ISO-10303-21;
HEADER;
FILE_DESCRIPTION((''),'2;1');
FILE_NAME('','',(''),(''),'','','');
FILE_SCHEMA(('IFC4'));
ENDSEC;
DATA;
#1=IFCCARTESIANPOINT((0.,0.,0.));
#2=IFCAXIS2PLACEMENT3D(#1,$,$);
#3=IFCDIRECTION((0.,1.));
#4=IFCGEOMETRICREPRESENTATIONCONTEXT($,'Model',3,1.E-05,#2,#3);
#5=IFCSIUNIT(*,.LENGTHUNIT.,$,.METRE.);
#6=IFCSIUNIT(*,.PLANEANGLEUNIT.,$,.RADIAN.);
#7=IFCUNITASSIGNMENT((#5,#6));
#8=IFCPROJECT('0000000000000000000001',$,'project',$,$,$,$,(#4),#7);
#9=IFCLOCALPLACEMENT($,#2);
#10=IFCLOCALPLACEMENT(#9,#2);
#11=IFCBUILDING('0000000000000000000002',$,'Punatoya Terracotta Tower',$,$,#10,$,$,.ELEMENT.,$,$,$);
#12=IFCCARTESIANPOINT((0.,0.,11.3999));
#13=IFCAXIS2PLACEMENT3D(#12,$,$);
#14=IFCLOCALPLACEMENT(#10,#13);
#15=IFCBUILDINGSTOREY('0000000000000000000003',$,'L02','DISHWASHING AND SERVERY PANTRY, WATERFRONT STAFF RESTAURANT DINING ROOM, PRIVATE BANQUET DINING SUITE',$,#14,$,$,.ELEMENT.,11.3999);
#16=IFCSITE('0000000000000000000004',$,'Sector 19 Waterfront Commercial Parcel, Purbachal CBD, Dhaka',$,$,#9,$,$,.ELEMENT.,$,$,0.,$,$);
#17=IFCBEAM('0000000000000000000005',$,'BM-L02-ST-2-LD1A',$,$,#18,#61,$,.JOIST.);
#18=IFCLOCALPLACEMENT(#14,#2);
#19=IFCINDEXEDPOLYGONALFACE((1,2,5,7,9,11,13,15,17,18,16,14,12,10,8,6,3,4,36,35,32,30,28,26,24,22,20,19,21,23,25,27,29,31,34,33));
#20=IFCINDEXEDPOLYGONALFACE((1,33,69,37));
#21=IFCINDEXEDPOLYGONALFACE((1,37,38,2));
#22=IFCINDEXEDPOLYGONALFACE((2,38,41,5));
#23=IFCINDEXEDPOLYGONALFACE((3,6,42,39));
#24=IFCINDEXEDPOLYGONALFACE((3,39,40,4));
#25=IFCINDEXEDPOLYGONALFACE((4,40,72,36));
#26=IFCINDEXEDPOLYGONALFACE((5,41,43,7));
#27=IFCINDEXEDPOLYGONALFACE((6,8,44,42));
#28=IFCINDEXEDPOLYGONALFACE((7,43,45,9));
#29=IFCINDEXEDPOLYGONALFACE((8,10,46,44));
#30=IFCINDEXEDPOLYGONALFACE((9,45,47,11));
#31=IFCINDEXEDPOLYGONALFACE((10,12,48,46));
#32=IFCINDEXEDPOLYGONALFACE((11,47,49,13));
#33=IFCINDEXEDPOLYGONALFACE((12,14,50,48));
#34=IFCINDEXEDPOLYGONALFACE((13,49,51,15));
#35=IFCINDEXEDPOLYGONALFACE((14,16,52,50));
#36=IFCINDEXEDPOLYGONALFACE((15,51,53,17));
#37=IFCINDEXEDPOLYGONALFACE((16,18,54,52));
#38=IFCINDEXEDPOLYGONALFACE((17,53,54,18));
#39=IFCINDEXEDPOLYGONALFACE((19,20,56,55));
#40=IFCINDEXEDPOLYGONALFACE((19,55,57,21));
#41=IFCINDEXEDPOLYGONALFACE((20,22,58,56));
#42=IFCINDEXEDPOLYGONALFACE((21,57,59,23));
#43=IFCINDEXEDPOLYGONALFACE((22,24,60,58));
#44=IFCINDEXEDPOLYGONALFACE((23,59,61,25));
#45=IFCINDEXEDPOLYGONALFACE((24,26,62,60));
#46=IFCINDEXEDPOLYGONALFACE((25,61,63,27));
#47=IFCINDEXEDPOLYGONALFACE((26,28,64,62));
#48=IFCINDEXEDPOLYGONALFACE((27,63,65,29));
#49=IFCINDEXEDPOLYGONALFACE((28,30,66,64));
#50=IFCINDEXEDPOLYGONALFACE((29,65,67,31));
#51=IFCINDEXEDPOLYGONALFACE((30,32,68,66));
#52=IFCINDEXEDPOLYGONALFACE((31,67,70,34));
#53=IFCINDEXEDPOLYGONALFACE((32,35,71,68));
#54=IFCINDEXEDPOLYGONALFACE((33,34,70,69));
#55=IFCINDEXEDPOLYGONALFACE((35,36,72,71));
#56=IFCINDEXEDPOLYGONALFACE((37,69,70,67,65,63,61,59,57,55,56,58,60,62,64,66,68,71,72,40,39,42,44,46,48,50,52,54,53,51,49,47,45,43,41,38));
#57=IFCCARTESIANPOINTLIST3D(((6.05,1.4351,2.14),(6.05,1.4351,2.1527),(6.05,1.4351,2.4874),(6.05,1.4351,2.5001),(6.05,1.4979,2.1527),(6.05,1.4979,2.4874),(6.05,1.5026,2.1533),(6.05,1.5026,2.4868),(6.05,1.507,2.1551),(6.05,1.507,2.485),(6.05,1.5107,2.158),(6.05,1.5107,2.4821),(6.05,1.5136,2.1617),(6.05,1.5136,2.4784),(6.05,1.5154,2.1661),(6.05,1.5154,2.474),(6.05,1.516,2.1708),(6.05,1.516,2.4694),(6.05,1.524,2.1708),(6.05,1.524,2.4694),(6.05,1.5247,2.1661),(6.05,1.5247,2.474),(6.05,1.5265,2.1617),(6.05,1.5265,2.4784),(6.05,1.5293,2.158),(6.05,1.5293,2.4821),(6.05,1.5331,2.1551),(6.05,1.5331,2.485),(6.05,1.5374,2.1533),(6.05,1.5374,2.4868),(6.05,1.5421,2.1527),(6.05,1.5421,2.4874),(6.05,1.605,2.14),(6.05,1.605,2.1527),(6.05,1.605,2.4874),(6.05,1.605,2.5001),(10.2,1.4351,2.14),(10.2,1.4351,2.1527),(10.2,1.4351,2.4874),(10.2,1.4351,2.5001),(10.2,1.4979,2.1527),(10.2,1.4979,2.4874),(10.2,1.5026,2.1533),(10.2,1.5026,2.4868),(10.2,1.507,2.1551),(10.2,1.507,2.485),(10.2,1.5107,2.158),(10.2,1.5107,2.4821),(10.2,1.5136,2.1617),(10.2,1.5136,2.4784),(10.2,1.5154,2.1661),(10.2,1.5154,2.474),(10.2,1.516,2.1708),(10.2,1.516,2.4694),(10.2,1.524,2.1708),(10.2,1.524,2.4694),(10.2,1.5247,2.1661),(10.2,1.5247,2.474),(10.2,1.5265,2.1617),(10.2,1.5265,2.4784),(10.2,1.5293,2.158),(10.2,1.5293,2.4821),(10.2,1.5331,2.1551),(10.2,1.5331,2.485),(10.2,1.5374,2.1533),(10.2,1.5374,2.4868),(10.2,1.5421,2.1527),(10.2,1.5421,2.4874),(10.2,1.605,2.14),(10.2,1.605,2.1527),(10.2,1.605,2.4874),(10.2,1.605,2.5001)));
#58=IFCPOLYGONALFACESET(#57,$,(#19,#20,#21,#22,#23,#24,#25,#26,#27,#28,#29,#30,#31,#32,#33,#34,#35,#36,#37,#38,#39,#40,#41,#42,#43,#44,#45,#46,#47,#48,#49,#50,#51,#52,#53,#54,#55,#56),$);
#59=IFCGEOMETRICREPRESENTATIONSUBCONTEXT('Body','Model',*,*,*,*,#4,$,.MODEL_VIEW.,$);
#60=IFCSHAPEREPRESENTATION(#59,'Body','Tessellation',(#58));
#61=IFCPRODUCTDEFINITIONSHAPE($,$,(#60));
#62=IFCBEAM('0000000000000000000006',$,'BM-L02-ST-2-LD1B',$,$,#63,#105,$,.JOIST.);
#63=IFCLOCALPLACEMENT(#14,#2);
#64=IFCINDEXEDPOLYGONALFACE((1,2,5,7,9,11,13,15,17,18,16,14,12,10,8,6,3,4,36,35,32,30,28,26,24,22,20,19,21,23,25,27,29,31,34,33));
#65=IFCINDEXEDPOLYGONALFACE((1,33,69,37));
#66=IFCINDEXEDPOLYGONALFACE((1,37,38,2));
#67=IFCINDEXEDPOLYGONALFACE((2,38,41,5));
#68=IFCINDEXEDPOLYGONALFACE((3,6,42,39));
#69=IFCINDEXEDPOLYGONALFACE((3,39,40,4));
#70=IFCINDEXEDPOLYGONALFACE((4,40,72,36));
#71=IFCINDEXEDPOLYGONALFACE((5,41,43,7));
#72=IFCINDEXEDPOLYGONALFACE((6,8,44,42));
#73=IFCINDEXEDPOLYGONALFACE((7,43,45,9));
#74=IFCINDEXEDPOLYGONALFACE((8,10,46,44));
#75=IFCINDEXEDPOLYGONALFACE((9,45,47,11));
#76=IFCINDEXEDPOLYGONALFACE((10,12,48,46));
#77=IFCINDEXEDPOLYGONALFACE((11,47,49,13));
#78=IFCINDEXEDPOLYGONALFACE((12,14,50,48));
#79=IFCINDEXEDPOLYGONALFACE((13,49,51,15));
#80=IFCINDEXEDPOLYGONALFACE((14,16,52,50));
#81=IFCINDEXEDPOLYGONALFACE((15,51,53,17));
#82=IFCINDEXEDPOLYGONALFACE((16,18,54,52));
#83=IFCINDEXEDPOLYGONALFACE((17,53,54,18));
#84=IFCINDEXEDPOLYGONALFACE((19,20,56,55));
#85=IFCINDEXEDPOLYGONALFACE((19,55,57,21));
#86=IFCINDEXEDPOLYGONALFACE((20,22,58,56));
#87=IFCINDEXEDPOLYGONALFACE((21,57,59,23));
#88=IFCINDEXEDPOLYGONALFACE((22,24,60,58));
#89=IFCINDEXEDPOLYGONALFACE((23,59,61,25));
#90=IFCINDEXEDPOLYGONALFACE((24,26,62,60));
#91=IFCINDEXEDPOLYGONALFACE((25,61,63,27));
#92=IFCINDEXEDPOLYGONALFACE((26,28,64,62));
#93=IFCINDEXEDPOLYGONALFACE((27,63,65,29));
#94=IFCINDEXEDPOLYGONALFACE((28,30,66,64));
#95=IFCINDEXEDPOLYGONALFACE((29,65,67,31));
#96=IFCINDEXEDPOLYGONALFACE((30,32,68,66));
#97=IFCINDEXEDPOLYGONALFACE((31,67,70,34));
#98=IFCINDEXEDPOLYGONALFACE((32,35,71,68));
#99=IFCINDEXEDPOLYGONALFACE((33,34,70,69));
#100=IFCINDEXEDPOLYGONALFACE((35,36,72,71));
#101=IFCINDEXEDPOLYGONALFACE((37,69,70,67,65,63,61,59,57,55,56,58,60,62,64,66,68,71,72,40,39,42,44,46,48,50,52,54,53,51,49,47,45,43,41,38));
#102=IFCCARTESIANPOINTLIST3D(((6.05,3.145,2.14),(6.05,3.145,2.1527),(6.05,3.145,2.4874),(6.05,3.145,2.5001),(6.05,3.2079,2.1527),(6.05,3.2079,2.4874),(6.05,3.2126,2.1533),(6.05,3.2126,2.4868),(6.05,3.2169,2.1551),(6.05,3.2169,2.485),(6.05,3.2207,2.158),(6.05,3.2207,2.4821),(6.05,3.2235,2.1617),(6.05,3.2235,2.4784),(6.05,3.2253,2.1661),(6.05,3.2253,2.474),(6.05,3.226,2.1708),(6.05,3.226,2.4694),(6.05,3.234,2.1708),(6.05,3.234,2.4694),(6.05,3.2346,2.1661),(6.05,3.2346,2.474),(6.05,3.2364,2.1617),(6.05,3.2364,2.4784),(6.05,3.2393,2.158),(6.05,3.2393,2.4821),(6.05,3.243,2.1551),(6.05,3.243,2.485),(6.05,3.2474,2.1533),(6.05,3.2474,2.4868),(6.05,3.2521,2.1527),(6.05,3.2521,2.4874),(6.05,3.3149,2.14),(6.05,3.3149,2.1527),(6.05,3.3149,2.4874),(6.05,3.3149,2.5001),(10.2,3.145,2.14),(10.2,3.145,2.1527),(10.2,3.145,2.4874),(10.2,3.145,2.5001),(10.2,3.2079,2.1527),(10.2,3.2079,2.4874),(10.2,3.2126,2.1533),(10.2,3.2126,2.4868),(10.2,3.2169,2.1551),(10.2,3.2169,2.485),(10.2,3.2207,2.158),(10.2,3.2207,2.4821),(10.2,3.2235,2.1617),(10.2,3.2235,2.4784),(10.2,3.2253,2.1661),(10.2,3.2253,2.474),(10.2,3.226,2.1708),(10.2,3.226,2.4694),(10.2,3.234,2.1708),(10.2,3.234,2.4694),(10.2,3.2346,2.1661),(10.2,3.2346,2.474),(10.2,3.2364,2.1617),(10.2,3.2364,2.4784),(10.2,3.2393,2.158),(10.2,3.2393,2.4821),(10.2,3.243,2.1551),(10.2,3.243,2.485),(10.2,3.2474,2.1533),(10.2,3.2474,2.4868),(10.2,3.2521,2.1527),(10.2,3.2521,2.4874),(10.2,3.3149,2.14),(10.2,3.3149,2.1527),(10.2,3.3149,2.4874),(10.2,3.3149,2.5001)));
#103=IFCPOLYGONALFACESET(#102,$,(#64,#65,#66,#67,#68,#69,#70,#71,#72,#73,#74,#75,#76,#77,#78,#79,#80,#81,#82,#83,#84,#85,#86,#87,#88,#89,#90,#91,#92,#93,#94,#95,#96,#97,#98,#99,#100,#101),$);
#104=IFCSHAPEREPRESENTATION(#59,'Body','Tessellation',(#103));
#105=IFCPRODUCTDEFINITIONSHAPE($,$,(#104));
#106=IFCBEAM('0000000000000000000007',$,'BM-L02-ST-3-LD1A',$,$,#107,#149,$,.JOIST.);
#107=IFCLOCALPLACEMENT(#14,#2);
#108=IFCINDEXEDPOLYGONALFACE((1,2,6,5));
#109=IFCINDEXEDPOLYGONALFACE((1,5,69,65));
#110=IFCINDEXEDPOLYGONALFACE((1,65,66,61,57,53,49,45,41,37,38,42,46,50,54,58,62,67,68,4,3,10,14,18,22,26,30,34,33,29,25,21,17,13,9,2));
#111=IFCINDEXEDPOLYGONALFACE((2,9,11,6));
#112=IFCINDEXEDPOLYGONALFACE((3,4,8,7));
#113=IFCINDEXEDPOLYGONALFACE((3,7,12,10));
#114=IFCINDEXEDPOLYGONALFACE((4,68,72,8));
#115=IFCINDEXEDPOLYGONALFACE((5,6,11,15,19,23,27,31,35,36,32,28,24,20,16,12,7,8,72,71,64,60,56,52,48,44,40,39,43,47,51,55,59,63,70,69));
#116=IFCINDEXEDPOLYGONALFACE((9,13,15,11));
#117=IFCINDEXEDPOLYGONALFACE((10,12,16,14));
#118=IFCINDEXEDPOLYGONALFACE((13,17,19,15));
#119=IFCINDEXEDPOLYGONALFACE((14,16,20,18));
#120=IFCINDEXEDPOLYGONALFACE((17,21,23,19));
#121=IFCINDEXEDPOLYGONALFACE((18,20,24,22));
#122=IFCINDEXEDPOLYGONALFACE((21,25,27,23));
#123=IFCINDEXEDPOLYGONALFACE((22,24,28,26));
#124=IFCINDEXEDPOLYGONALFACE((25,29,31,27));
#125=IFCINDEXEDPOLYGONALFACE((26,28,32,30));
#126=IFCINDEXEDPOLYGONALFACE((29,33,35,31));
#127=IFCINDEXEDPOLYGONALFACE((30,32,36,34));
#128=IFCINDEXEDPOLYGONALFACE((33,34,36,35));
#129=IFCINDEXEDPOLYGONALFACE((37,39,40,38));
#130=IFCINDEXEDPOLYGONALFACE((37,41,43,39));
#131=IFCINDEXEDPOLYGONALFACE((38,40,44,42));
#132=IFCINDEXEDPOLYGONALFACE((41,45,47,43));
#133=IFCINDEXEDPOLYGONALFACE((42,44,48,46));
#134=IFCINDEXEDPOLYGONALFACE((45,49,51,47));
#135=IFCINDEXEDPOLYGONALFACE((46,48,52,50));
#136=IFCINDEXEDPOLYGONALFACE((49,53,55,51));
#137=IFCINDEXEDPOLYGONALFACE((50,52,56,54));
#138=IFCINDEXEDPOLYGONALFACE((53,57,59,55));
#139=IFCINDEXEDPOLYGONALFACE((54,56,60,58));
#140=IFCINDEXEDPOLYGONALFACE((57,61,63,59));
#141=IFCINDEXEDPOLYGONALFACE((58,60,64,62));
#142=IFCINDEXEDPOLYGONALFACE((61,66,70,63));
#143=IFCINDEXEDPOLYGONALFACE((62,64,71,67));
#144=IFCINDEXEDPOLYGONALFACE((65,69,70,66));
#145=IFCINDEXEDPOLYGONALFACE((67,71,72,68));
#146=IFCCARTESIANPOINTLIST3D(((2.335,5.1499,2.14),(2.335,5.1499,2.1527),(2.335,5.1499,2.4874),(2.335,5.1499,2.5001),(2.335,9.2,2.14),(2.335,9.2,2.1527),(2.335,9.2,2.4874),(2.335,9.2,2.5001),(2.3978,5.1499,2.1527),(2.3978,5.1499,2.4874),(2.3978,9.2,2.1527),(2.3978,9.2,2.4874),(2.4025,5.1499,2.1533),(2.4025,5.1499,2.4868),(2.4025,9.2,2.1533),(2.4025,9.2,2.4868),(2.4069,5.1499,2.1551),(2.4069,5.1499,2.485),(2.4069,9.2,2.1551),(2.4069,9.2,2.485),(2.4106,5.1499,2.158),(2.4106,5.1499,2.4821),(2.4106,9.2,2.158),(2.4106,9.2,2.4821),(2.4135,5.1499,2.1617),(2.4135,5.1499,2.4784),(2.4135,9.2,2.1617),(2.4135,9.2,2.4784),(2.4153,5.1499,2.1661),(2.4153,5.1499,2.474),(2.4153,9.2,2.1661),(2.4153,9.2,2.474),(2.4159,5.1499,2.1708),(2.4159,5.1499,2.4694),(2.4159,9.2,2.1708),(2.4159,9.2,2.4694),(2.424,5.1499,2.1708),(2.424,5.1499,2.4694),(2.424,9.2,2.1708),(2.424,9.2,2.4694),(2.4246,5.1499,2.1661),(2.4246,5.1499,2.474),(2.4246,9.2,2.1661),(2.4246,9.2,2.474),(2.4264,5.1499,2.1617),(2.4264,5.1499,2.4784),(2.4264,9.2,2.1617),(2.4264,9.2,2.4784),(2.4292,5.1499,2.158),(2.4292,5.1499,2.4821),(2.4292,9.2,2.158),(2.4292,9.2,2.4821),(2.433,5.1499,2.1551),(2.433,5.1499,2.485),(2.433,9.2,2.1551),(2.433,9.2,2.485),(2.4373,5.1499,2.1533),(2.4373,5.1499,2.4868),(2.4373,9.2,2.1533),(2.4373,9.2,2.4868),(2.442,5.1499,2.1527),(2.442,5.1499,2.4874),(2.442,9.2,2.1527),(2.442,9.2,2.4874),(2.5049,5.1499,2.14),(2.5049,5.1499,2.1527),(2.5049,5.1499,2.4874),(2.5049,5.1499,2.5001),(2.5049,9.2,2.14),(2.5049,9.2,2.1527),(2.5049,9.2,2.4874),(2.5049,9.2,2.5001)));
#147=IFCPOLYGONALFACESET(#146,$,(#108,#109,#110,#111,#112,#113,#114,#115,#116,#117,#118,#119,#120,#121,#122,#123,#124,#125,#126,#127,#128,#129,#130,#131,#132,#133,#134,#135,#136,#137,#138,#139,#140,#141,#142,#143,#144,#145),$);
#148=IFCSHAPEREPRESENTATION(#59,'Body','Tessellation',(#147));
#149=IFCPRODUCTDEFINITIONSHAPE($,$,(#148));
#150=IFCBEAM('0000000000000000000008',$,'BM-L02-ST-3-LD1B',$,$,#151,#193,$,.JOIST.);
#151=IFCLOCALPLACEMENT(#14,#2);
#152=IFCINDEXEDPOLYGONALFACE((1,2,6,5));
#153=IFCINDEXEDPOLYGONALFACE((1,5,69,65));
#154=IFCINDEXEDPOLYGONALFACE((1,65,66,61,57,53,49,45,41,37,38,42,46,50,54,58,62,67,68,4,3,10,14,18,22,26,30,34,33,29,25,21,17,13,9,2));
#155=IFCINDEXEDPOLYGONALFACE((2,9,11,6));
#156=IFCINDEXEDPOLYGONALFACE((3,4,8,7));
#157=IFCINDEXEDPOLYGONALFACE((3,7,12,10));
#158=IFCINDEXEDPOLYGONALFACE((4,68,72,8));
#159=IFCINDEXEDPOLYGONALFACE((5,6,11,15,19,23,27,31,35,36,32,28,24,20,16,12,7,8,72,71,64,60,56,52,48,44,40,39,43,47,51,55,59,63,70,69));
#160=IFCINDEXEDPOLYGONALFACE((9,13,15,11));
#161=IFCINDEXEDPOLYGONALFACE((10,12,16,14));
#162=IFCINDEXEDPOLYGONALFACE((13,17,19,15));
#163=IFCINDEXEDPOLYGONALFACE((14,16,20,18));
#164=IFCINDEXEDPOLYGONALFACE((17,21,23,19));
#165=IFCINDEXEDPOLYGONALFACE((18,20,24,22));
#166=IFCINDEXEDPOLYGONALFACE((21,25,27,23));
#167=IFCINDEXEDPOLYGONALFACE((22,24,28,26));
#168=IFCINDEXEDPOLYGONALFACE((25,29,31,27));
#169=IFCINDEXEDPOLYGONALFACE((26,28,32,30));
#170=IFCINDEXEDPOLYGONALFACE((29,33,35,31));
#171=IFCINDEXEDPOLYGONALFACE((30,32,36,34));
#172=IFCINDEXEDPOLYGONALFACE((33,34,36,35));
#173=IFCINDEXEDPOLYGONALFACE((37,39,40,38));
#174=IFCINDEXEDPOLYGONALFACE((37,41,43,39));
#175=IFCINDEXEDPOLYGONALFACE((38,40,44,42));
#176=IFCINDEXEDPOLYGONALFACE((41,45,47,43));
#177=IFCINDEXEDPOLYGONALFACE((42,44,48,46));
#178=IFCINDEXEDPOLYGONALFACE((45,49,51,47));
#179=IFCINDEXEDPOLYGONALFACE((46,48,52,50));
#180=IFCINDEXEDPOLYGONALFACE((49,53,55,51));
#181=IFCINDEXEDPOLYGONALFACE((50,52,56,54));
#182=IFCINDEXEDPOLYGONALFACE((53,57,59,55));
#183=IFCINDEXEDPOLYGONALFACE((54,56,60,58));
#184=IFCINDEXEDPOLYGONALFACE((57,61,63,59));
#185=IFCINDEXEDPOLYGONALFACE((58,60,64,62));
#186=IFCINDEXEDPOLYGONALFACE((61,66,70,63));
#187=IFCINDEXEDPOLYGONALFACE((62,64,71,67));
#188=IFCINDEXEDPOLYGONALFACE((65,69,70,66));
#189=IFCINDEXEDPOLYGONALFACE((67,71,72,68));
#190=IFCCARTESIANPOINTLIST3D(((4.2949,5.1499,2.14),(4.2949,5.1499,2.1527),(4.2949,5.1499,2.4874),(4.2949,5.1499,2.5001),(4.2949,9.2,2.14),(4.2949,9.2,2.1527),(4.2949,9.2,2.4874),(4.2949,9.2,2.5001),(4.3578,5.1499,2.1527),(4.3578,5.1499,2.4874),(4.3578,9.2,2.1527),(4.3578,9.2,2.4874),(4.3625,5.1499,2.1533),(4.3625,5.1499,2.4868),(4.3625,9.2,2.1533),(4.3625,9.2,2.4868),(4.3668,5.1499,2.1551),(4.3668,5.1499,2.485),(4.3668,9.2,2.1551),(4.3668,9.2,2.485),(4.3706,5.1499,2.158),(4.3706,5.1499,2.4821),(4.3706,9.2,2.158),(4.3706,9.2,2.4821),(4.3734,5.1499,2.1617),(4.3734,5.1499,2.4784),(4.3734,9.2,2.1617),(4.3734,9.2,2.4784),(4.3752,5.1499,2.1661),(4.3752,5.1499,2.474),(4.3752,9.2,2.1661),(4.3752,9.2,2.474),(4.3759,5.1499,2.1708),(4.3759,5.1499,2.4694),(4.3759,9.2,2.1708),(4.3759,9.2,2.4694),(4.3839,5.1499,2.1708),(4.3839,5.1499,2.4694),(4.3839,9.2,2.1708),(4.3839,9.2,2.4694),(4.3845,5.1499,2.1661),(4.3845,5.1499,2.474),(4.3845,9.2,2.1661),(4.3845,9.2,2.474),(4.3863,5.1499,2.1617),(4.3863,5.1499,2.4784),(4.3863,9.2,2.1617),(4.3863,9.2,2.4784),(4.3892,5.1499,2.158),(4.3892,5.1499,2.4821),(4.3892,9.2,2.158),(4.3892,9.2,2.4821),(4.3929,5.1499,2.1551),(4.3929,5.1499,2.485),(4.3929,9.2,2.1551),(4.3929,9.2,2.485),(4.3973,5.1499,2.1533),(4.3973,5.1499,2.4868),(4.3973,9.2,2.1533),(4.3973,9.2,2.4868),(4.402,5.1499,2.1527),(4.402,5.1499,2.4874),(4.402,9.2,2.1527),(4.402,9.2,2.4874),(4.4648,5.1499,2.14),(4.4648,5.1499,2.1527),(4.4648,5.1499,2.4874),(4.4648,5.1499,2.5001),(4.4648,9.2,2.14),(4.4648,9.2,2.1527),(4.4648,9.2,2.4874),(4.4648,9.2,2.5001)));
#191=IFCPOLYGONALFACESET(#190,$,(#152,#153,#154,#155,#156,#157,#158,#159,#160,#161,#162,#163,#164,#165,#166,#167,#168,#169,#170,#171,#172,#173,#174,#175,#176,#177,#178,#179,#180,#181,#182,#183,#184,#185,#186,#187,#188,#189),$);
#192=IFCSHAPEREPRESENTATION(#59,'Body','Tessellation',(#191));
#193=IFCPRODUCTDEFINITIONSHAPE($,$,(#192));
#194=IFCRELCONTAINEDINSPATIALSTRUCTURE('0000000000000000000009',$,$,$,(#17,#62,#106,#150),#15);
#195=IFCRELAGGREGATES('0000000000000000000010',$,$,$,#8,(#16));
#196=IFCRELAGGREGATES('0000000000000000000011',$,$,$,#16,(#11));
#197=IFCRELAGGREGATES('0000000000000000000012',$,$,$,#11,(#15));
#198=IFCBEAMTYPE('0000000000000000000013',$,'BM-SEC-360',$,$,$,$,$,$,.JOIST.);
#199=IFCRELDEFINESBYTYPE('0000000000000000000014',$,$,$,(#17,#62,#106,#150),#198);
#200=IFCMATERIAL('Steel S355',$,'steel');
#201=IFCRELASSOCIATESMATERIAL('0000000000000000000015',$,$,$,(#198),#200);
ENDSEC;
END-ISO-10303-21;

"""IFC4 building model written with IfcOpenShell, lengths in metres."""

from ifc_helpers import new_model, si_unit, direction, frame, origin, origin_2d, place, context, subcontext, project, spatial, i_section, extrude, material, material_profile, profile_set, type_object, element, save


model = new_model("IFC4")

# Units and contexts
model_context = context("Model", 3, precision=1e-05, world=origin(), true_north=direction((0.0, 1.0)))
body_context = subcontext(model_context, "Body", "Model", "MODEL_VIEW")
ifc_project = project(units=[si_unit("LENGTHUNIT", "METRE"), si_unit("PLANEANGLEUNIT", "RADIAN")], contexts=[model_context])

# Site, building, storey
site_placement = place(None, origin())
site = spatial("IfcSite", under=ifc_project, at=site_placement, Name="Sector 19 Waterfront Commercial Parcel, Purbachal CBD, Dhaka", CompositionType="ELEMENT", RefElevation=0.0)
building_placement = place(site_placement, origin())
building = spatial("IfcBuilding", under=site, at=building_placement, Name="Punatoya Terracotta Tower", CompositionType="ELEMENT")
storey_placement = place(building_placement, frame((0.0, 0.0, 11.3999)))
storey = spatial("IfcBuildingStorey", under=building, at=storey_placement, Name="L02", Description="DISHWASHING AND SERVERY PANTRY, WATERFRONT STAFF RESTAURANT DINING ROOM, PRIVATE BANQUET DINING SUITE", CompositionType="ELEMENT", Elevation=11.3999)

# Beams
ifc_material_1 = material(Name="Steel S355", Category="steel")
ifc_material_profile_1 = material_profile(ifc_material_1, i_section(OverallWidth=0.1699, OverallDepth=0.3601, WebThickness=0.0081, FlangeThickness=0.0127, FilletRadius=0.0181, at=origin_2d()))
ifc_profile_set_1 = profile_set([ifc_material_profile_1], Name="Steel S355")
beam_type_1 = type_object("IfcBeamType", Name="BM-SEC-360", PredefinedType="JOIST", material=ifc_profile_set_1)
for number, where, z_axis, x_axis, name in (
    (1, (6.05, 1.52, 2.3201), (1.0, 0.0, 0.0), (0.0, 1.0, 0.0), "BM-L02-ST-2-LD1A"),
    (2, (6.05, 3.23, 2.3201), (1.0, 0.0, 0.0), (0.0, 1.0, 0.0), "BM-L02-ST-2-LD1B"),
):
    element("IfcBeam", number, at=place(storey_placement, frame(where, z_axis=z_axis, x_axis=x_axis)), inside=storey, type_object=beam_type_1, Name=name, PredefinedType="JOIST", context=body_context, shape_type="SweptSolid", body=[
        extrude(i_section(OverallWidth=0.1699, OverallDepth=0.3601, WebThickness=0.0081, FlangeThickness=0.0127, FilletRadius=0.0181, at=origin_2d()), origin(), (0.0, 0.0, 1.0), 4.1499),
    ])
for number, where, z_axis, x_axis, name in (
    (3, (2.4199, 5.1499, 2.3201), (0.0, 1.0, 0.0), (-1.0, 0.0, 0.0), "BM-L02-ST-3-LD1A"),
    (4, (4.3799, 5.1499, 2.3201), (0.0, 1.0, 0.0), (-1.0, 0.0, 0.0), "BM-L02-ST-3-LD1B"),
):
    element("IfcBeam", number, at=place(storey_placement, frame(where, z_axis=z_axis, x_axis=x_axis)), inside=storey, type_object=beam_type_1, Name=name, PredefinedType="JOIST", context=body_context, shape_type="SweptSolid", body=[
        extrude(i_section(OverallWidth=0.1699, OverallDepth=0.3601, WebThickness=0.0081, FlangeThickness=0.0127, FilletRadius=0.0181, at=origin_2d()), origin(), (0.0, 0.0, 1.0), 4.05),
    ])

save(model, "model.ifc")
